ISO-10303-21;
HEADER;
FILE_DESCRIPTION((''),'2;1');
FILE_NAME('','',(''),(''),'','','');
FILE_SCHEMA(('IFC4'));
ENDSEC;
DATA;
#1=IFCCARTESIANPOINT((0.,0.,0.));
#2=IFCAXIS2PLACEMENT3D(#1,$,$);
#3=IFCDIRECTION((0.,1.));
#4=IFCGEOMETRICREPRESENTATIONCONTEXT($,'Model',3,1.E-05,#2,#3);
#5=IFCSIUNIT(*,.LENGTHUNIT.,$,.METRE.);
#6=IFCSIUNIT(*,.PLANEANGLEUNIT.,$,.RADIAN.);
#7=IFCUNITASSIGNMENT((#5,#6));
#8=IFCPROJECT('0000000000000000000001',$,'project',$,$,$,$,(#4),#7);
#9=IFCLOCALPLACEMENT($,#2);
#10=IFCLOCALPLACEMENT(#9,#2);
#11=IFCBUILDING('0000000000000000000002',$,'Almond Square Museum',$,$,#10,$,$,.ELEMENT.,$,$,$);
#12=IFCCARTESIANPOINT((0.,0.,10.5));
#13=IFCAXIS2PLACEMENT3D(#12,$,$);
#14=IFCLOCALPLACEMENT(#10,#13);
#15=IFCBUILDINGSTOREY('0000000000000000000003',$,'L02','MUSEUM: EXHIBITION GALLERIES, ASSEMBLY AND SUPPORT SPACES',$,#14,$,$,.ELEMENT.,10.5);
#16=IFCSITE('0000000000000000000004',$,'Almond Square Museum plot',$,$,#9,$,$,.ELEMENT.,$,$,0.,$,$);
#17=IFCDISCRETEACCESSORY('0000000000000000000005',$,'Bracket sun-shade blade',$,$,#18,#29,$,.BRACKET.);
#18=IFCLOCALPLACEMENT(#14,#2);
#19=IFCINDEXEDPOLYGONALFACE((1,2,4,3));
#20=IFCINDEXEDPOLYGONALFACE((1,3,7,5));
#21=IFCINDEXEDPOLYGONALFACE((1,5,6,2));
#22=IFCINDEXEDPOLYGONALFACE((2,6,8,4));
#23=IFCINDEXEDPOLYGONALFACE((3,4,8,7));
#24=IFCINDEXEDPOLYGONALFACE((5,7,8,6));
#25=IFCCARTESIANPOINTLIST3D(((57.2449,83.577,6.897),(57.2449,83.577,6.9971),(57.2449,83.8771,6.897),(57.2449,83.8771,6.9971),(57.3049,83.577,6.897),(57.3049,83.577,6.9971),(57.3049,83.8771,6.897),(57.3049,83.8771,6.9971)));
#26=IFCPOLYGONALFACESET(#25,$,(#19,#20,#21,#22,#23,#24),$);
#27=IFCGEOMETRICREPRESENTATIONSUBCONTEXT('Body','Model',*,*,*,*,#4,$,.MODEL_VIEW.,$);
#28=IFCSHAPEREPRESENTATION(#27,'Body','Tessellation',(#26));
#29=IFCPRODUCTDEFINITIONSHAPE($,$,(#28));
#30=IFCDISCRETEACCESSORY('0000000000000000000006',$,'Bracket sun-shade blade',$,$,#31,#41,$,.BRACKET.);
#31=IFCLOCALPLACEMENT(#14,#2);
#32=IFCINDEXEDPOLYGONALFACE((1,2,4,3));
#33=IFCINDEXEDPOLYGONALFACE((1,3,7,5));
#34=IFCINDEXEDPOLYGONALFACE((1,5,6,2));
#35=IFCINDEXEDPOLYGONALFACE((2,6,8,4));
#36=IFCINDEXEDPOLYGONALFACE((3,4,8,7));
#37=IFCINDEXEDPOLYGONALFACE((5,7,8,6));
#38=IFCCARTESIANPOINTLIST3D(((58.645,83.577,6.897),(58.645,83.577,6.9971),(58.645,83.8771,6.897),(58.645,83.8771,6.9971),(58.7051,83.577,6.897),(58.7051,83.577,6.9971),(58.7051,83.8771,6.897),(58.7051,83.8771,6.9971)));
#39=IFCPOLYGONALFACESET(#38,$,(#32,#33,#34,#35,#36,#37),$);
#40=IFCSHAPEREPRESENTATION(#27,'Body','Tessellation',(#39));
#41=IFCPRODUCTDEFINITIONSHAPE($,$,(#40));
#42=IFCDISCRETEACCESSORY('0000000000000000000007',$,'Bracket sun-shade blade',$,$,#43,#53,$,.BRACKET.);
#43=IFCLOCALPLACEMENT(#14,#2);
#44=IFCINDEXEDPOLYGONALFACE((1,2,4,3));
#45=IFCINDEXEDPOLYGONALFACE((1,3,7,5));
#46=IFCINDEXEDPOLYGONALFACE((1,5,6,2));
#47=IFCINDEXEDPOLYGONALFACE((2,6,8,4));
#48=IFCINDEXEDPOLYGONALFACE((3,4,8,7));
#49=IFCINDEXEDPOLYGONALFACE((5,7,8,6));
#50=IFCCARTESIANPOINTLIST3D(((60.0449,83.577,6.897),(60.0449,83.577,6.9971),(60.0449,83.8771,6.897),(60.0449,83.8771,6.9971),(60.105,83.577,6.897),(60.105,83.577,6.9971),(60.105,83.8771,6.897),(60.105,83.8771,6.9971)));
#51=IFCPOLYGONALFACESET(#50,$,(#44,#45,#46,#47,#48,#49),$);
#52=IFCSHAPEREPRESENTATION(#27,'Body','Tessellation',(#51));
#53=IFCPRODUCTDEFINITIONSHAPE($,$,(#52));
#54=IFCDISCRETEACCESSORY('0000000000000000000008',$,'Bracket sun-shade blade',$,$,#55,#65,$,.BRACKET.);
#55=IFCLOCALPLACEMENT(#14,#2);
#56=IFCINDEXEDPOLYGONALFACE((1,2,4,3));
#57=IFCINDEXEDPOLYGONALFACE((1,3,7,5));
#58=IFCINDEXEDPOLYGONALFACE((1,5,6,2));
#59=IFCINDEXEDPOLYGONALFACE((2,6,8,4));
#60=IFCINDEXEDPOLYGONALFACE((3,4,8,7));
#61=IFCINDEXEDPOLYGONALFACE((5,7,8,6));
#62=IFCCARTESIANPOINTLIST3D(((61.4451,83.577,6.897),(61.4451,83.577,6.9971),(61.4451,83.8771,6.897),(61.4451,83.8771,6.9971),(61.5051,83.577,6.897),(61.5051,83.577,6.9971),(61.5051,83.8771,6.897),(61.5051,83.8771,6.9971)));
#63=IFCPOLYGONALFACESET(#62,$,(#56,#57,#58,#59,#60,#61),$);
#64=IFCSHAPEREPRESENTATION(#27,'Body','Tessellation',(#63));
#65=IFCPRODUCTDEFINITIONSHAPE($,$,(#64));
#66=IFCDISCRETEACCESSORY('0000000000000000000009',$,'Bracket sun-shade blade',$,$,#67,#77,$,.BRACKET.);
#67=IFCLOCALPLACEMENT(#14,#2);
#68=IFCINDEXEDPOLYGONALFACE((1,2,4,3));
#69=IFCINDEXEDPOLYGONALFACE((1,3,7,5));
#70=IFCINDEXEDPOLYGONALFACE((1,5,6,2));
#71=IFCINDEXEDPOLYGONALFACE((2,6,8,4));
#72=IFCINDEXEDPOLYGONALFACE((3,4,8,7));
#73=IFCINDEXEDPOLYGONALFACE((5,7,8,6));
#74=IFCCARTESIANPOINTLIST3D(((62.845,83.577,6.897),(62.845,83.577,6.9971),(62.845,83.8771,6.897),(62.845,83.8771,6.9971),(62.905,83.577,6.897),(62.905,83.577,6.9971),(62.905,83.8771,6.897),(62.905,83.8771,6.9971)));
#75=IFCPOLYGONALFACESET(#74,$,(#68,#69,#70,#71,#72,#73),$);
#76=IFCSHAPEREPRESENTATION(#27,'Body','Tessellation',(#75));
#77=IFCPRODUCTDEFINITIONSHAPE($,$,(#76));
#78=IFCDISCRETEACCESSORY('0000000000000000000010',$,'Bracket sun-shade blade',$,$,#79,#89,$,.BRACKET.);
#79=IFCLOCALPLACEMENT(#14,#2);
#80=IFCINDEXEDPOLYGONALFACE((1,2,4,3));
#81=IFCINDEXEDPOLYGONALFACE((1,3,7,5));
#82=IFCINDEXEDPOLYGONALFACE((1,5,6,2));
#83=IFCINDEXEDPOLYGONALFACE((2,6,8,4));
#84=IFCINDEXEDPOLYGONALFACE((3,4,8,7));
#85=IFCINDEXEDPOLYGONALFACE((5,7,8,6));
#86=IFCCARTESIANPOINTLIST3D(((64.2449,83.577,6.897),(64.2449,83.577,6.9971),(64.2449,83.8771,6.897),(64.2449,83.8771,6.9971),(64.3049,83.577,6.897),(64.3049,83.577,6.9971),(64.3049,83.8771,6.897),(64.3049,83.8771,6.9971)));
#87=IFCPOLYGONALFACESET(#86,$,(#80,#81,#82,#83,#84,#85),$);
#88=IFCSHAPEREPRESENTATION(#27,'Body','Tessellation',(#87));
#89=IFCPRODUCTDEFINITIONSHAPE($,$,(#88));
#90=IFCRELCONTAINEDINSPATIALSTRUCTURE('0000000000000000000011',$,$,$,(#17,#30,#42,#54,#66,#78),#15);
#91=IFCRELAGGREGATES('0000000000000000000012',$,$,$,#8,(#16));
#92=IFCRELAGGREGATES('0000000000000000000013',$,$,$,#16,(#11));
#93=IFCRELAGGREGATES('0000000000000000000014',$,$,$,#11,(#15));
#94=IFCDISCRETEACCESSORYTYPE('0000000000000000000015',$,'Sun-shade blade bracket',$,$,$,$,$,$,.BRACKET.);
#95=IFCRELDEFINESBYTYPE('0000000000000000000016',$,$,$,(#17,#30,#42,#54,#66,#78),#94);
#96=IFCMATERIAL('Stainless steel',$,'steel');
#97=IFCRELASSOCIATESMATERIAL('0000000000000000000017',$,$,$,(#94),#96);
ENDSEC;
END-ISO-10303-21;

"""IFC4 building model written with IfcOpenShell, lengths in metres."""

from ifc_helpers import new_model, si_unit, direction, frame, origin, origin_2d, place, context, subcontext, project, spatial, rectangle, extrude, material, type_object, element, save


model = new_model("IFC4")

# Units and contexts
model_context = context("Model", 3, precision=1e-05, world=origin(), true_north=direction((0.0, 1.0)))
body_context = subcontext(model_context, "Body", "Model", "MODEL_VIEW")
ifc_project = project(units=[si_unit("LENGTHUNIT", "METRE"), si_unit("PLANEANGLEUNIT", "RADIAN")], contexts=[model_context])

# Site, building, storey
site_placement = place(None, origin())
site = spatial("IfcSite", under=ifc_project, at=site_placement, Name="Almond Square Museum plot", CompositionType="ELEMENT", RefElevation=0.0)
building_placement = place(site_placement, origin())
building = spatial("IfcBuilding", under=site, at=building_placement, Name="Almond Square Museum", CompositionType="ELEMENT")
storey_placement = place(building_placement, frame((0.0, 0.0, 10.5)))
storey = spatial("IfcBuildingStorey", under=building, at=storey_placement, Name="L02", Description="MUSEUM: EXHIBITION GALLERIES, ASSEMBLY AND SUPPORT SPACES", CompositionType="ELEMENT", Elevation=10.5)

# Discrete accessories
ifc_material_1 = material(Name="Stainless steel", Category="steel")
discrete_accessory_type = type_object("IfcDiscreteAccessoryType", Name="Sun-shade blade bracket", PredefinedType="BRACKET", material=ifc_material_1)
for number, where, z_axis, x_axis, name in (
    (1, (57.2749, 83.7271, 6.897), (0.0, 0.0, 1.0), (1.0, 0.0, 0.0), "Bracket sun-shade blade"),
    (2, (58.675, 83.7271, 6.897), (0.0, 0.0, 1.0), (1.0, 0.0, 0.0), "Bracket sun-shade blade"),
    (3, (60.075, 83.7271, 6.897), (0.0, 0.0, 1.0), (1.0, 0.0, 0.0), "Bracket sun-shade blade"),
    (4, (61.4751, 83.7271, 6.897), (0.0, 0.0, 1.0), (1.0, 0.0, 0.0), "Bracket sun-shade blade"),
    (5, (62.875, 83.7271, 6.897), (0.0, 0.0, 1.0), (1.0, 0.0, 0.0), "Bracket sun-shade blade"),
    (6, (64.2749, 83.7271, 6.897), (0.0, 0.0, 1.0), (1.0, 0.0, 0.0), "Bracket sun-shade blade"),
):
    element("IfcDiscreteAccessory", number, at=place(storey_placement, frame(where, z_axis=z_axis, x_axis=x_axis)), inside=storey, type_object=discrete_accessory_type, Name=name, PredefinedType="BRACKET", context=body_context, shape_type="SweptSolid", body=[
        extrude(rectangle(XDim=0.0601, YDim=0.3, at=origin_2d()), origin(), (0.0, 0.0, 1.0), 0.1001),
    ])

save(model, "model.ifc")
